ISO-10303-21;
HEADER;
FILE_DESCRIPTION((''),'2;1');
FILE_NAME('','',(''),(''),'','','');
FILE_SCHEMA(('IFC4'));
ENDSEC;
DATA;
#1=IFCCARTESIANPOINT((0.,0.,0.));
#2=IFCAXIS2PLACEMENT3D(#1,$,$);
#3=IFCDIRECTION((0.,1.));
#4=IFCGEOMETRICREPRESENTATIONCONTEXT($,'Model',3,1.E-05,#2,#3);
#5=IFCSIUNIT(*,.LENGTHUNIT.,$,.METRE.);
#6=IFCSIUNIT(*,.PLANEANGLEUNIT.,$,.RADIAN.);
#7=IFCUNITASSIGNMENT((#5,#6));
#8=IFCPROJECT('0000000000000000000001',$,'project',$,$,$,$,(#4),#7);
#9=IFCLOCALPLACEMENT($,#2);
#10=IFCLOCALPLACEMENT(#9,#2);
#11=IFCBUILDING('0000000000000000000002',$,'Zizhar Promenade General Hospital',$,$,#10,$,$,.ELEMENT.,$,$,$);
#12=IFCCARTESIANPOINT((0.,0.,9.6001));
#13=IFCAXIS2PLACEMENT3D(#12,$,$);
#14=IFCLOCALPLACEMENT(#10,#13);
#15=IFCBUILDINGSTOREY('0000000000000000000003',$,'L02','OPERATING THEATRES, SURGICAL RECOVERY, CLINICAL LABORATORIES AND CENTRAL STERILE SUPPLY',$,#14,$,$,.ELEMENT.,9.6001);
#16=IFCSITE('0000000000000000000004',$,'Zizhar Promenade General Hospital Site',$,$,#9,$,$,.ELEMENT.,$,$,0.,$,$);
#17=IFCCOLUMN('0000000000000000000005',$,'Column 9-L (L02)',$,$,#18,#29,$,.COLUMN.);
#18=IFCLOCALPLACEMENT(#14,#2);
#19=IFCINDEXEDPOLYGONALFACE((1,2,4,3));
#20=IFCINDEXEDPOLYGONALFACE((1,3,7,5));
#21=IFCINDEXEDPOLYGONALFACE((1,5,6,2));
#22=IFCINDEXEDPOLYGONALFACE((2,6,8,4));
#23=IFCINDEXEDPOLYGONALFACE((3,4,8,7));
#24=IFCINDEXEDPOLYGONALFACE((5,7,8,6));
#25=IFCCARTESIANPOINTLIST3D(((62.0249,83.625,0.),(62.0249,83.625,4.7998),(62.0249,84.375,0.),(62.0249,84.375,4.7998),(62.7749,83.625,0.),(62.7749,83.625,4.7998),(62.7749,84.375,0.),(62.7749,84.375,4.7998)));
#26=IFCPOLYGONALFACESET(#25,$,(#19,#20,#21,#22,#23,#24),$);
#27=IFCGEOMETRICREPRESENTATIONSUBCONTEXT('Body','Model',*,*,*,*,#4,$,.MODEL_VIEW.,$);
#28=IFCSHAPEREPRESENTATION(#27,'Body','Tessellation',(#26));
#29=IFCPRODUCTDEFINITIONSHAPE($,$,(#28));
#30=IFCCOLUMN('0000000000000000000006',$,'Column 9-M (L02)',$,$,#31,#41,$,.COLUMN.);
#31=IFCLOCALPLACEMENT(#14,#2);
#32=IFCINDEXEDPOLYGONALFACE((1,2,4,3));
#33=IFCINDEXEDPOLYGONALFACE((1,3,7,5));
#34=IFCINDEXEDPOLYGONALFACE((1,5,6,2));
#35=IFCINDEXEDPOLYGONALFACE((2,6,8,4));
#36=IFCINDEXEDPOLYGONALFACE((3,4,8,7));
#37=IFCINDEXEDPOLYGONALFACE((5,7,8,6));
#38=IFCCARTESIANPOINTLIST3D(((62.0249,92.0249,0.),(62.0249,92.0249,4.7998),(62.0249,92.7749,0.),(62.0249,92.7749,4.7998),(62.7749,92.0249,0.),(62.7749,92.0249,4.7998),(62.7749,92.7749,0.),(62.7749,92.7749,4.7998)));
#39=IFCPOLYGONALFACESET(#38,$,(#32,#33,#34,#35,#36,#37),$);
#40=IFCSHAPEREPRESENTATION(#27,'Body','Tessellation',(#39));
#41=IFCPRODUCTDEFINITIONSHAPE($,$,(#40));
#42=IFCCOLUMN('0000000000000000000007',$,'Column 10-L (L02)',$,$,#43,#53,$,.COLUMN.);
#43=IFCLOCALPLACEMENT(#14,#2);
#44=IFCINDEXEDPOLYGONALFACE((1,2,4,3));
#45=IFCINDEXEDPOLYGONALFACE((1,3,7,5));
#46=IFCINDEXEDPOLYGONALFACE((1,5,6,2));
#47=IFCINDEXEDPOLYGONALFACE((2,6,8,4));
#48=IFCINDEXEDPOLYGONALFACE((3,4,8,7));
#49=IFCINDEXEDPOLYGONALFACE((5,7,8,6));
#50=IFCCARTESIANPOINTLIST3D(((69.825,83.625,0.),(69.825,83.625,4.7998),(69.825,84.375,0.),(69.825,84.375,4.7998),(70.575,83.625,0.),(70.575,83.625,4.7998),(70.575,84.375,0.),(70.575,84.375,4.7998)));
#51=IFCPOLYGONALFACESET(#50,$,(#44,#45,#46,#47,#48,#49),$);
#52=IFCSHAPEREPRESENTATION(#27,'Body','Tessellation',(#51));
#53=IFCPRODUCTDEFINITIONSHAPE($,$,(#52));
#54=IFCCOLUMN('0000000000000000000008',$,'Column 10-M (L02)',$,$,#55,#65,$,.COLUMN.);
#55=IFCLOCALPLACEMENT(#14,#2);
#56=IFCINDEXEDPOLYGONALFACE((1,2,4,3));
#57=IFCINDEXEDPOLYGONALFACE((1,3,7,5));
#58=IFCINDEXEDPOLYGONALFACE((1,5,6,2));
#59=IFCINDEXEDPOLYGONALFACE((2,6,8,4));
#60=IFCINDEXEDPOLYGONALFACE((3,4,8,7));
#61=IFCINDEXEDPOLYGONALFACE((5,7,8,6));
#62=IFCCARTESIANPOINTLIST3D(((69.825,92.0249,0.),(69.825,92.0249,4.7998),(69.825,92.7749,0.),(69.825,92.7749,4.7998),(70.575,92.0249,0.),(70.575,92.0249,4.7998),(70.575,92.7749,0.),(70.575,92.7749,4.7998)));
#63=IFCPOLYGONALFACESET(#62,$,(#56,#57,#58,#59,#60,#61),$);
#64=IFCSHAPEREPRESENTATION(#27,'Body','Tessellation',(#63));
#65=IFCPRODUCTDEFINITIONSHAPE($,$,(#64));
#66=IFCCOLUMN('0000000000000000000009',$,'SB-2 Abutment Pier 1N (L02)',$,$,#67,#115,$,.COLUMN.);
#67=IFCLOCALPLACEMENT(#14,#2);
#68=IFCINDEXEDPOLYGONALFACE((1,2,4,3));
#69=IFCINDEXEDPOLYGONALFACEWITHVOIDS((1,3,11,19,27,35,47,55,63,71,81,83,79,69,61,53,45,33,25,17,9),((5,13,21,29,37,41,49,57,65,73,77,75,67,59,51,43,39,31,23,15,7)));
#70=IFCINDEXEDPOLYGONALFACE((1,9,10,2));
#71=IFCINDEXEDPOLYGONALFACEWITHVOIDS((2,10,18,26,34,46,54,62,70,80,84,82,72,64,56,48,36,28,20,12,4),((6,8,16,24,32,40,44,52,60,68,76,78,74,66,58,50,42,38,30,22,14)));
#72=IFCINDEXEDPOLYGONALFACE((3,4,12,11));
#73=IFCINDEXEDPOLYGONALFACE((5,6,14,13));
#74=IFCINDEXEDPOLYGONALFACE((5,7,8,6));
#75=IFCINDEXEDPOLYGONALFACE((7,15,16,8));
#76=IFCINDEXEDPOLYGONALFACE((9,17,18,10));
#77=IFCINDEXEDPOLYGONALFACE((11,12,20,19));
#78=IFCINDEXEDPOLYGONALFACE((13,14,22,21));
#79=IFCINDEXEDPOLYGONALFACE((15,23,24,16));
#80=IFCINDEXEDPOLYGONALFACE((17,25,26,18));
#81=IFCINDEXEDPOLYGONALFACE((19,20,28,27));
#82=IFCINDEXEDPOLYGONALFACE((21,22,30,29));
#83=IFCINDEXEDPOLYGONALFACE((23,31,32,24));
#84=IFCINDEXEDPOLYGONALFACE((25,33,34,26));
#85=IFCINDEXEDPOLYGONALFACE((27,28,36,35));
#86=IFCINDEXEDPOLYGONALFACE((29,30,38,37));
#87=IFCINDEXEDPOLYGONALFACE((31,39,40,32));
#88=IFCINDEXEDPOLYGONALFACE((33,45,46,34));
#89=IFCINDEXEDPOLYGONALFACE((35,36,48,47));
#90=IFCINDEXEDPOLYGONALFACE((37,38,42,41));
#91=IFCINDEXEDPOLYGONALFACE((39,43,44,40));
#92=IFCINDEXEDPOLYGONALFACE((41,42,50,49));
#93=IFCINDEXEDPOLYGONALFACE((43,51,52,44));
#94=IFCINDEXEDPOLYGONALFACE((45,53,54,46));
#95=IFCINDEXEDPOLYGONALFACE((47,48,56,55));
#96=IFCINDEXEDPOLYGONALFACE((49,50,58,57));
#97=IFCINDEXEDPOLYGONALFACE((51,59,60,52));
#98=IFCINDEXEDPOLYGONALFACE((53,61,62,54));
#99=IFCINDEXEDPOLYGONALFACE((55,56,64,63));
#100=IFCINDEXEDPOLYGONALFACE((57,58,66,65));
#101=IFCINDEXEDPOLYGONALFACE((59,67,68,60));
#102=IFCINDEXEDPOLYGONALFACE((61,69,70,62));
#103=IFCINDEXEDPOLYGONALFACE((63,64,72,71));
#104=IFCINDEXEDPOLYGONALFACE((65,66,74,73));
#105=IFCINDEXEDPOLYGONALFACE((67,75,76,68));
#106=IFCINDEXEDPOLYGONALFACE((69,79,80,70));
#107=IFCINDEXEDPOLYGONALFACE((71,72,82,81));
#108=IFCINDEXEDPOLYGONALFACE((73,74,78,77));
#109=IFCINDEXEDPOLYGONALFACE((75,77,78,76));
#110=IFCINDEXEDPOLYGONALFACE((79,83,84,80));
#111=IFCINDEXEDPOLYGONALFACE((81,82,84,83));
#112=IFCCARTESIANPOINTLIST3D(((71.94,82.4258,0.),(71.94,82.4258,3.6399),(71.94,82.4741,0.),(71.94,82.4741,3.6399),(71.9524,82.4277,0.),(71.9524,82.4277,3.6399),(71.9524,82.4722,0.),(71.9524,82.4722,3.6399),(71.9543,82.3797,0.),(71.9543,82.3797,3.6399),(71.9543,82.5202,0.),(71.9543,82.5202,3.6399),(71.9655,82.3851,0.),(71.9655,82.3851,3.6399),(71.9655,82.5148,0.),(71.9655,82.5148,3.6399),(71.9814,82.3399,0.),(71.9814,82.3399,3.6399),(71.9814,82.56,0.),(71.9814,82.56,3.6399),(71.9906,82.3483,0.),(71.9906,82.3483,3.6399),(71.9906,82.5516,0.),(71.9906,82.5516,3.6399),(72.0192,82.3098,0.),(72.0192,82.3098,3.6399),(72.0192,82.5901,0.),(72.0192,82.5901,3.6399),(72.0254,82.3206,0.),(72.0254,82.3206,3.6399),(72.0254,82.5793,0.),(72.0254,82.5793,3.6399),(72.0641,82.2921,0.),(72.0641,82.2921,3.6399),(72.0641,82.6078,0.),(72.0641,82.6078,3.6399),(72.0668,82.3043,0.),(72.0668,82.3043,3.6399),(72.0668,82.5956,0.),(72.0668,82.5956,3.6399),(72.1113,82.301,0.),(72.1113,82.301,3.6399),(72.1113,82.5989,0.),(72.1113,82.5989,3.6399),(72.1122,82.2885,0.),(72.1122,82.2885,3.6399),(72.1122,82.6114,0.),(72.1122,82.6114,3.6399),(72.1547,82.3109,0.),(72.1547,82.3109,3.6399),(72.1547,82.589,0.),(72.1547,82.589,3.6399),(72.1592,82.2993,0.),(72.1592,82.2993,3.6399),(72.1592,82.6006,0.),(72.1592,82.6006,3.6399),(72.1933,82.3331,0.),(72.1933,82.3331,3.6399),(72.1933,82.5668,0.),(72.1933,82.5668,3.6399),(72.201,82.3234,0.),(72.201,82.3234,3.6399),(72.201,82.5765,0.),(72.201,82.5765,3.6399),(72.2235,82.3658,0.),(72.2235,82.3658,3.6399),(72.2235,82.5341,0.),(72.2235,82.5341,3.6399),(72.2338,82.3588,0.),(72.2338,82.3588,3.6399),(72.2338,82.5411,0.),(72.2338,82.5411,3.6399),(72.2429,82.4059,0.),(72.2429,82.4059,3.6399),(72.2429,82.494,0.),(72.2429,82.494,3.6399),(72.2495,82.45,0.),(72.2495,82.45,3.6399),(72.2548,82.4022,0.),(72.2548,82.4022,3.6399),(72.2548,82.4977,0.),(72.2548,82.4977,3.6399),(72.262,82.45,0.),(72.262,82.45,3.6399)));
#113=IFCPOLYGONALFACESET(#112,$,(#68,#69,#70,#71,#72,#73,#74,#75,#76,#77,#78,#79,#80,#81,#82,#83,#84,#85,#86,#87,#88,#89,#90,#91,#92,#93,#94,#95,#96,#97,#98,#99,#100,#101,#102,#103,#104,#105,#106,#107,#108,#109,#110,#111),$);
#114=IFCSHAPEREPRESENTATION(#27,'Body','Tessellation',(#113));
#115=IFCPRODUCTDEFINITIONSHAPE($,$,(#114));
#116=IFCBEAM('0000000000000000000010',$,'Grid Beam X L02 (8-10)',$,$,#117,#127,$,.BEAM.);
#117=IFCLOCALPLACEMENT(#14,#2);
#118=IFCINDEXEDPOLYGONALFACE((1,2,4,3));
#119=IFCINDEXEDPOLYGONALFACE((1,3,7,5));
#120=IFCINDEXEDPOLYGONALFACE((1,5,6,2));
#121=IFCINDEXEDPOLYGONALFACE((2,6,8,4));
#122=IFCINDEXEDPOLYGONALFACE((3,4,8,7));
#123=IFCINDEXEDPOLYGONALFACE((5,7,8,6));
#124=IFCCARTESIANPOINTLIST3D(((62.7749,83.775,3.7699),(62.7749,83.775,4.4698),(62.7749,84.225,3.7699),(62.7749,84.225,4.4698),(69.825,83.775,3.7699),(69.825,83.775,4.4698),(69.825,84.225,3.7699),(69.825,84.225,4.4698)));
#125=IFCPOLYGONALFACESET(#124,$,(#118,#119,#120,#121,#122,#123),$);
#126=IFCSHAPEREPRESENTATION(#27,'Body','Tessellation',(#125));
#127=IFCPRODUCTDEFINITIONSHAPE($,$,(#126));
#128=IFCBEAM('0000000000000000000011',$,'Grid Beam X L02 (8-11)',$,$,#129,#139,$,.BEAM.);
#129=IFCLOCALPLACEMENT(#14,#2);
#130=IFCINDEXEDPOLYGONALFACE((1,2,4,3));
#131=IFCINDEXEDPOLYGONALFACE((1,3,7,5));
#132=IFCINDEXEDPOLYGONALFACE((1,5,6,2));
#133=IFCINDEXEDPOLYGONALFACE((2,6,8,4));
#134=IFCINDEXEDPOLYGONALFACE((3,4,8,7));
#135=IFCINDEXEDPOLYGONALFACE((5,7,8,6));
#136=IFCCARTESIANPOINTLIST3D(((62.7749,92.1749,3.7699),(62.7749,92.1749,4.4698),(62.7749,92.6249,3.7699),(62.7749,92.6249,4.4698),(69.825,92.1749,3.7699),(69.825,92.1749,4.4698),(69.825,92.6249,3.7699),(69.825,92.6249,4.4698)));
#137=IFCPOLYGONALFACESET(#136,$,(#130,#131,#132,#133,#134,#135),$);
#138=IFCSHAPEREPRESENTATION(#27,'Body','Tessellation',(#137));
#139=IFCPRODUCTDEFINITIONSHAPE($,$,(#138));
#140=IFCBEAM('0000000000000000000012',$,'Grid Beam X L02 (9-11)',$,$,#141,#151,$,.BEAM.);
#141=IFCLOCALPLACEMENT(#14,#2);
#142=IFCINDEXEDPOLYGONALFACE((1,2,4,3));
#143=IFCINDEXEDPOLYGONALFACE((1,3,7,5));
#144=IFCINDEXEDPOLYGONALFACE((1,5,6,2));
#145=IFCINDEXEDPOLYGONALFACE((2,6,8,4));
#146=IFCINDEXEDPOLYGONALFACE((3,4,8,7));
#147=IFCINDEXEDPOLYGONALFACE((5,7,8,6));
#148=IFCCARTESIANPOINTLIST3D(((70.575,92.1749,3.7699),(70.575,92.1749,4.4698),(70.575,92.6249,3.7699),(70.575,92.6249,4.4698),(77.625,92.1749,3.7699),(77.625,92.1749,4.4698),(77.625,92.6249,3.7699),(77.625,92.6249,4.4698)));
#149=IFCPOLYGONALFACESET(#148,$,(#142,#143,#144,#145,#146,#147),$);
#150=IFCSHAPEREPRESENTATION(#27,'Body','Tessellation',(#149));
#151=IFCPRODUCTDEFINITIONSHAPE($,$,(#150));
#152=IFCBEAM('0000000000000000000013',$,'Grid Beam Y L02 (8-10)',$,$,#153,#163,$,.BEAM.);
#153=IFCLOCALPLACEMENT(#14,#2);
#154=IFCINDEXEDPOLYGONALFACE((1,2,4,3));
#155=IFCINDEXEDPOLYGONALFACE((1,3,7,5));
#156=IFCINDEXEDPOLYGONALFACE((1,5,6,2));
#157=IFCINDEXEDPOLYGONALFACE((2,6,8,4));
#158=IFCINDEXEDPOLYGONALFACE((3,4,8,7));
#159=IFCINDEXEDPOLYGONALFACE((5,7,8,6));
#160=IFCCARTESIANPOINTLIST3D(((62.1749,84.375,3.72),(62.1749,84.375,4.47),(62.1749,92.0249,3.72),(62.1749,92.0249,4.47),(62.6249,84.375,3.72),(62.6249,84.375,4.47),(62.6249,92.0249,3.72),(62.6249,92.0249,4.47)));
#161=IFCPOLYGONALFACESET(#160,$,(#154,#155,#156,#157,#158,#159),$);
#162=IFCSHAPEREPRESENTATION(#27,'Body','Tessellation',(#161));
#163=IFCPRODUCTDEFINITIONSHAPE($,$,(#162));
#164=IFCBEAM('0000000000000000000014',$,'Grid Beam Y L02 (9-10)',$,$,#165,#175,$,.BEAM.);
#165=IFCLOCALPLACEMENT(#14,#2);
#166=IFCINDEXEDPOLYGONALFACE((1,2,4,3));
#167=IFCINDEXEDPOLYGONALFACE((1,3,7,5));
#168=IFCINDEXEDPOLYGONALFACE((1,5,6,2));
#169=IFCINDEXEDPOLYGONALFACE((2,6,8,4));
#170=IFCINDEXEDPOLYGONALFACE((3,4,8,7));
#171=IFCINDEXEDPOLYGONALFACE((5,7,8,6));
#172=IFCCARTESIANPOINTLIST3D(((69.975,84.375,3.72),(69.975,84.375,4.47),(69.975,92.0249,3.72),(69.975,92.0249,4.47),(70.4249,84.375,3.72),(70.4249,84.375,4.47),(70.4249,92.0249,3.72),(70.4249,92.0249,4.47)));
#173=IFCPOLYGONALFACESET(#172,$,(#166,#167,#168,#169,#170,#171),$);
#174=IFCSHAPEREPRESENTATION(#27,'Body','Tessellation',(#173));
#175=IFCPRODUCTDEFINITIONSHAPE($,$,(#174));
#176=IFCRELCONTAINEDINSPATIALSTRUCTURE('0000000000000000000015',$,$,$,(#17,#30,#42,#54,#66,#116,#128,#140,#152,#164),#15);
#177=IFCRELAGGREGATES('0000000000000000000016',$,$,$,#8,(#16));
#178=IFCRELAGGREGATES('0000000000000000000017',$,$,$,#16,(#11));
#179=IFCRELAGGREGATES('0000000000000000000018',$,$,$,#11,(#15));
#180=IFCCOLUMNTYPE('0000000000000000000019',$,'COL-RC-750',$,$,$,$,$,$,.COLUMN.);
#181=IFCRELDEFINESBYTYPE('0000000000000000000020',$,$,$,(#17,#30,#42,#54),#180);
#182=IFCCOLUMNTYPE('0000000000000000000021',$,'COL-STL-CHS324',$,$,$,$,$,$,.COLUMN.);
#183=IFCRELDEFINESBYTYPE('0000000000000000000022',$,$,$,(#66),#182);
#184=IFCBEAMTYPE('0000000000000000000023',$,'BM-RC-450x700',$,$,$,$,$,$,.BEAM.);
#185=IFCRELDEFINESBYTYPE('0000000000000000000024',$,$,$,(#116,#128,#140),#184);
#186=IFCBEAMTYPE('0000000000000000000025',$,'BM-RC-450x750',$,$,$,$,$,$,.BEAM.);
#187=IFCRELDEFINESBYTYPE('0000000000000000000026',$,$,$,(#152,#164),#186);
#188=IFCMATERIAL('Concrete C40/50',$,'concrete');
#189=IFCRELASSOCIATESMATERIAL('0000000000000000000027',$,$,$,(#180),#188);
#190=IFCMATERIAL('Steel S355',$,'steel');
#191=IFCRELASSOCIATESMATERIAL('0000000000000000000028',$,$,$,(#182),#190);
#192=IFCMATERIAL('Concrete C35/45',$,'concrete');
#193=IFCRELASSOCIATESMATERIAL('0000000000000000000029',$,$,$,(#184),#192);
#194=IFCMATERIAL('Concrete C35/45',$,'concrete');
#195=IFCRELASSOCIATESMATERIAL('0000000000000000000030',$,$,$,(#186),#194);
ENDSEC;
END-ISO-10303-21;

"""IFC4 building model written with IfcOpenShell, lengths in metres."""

from ifc_helpers import new_model, si_unit, direction, frame, origin, origin_2d, place, context, subcontext, project, spatial, rectangle, hollow_circle, extrude, material, material_profile, profile_set, type_object, element, save


model = new_model("IFC4")

# Units and contexts
model_context = context("Model", 3, precision=1e-05, world=origin(), true_north=direction((0.0, 1.0)))
body_context = subcontext(model_context, "Body", "Model", "MODEL_VIEW")
ifc_project = project(units=[si_unit("LENGTHUNIT", "METRE"), si_unit("PLANEANGLEUNIT", "RADIAN")], contexts=[model_context])

# Site, building, storey
site_placement = place(None, origin())
site = spatial("IfcSite", under=ifc_project, at=site_placement, Name="Zizhar Promenade General Hospital Site", CompositionType="ELEMENT", RefElevation=0.0)
building_placement = place(site_placement, origin())
building = spatial("IfcBuilding", under=site, at=building_placement, Name="Zizhar Promenade General Hospital", CompositionType="ELEMENT")
storey_placement = place(building_placement, frame((0.0, 0.0, 9.6001)))
storey = spatial("IfcBuildingStorey", under=building, at=storey_placement, Name="L02", Description="OPERATING THEATRES, SURGICAL RECOVERY, CLINICAL LABORATORIES AND CENTRAL STERILE SUPPLY", CompositionType="ELEMENT", Elevation=9.6001)

# Columns
ifc_material_1 = material(Name="Concrete C40/50", Category="concrete")
ifc_material_profile_1 = material_profile(ifc_material_1, rectangle(XDim=0.75, YDim=0.75, at=origin_2d()))
ifc_profile_set_1 = profile_set([ifc_material_profile_1], Name="Concrete C40/50")
column_type_1 = type_object("IfcColumnType", Name="COL-RC-750", PredefinedType="COLUMN", material=ifc_profile_set_1)
for number, where, z_axis, x_axis, name in (
    (1, (62.3999, 84.0, 0.0), (0.0, 0.0, 1.0), (1.0, 0.0, 0.0), "Column 9-L (L02)"),
    (2, (62.3999, 92.3999, 0.0), (0.0, 0.0, 1.0), (1.0, 0.0, 0.0), "Column 9-M (L02)"),
    (3, (70.2, 84.0, 0.0), (0.0, 0.0, 1.0), (1.0, 0.0, 0.0), "Column 10-L (L02)"),
    (4, (70.2, 92.3999, 0.0), (0.0, 0.0, 1.0), (1.0, 0.0, 0.0), "Column 10-M (L02)"),
):
    element("IfcColumn", number, at=place(storey_placement, frame(where, z_axis=z_axis, x_axis=x_axis)), inside=storey, type_object=column_type_1, Name=name, PredefinedType="COLUMN", context=body_context, shape_type="SweptSolid", body=[
        extrude(rectangle(XDim=0.75, YDim=0.75, at=origin_2d()), origin(), (0.0, 0.0, 1.0), 4.7998),
    ])
ifc_material_2 = material(Name="Steel S355", Category="steel")
ifc_material_profile_2 = material_profile(ifc_material_2, hollow_circle(Radius=0.1619, WallThickness=0.0125, at=origin_2d()))
ifc_profile_set_2 = profile_set([ifc_material_profile_2], Name="Steel S355")
column_type_2 = type_object("IfcColumnType", Name="COL-STL-CHS324", PredefinedType="COLUMN", material=ifc_profile_set_2)
column_placement = place(storey_placement, frame((72.1001, 82.45, 0.0), z_axis=(0.0, 0.0, 1.0), x_axis=(1.0, 0.0, 0.0)))
element("IfcColumn", 5, at=column_placement, inside=storey, type_object=column_type_2, Name="SB-2 Abutment Pier 1N (L02)", PredefinedType="COLUMN", context=body_context, shape_type="SweptSolid", body=[
    extrude(hollow_circle(Radius=0.1619, WallThickness=0.0125, at=origin_2d()), origin(), (0.0, 0.0, 1.0), 3.6399),
])

# Beams
ifc_material_3 = material(Name="Concrete C35/45", Category="concrete")
ifc_material_profile_3 = material_profile(ifc_material_3, rectangle(XDim=0.45, YDim=0.7, at=origin_2d()))
ifc_profile_set_3 = profile_set([ifc_material_profile_3], Name="Concrete C35/45")
beam_type_1 = type_object("IfcBeamType", Name="BM-RC-450x700", PredefinedType="BEAM", material=ifc_profile_set_3)
for number, where, z_axis, x_axis, name in (
    (6, (62.7749, 84.0, 4.1199), (1.0, 0.0, 0.0), (0.0, 1.0, 0.0), "Grid Beam X L02 (8-10)"),
    (7, (62.7749, 92.3999, 4.1199), (1.0, 0.0, 0.0), (0.0, 1.0, 0.0), "Grid Beam X L02 (8-11)"),
    (8, (70.575, 92.3999, 4.1199), (1.0, 0.0, 0.0), (0.0, 1.0, 0.0), "Grid Beam X L02 (9-11)"),
):
    element("IfcBeam", number, at=place(storey_placement, frame(where, z_axis=z_axis, x_axis=x_axis)), inside=storey, type_object=beam_type_1, Name=name, PredefinedType="BEAM", context=body_context, shape_type="SweptSolid", body=[
        extrude(rectangle(XDim=0.45, YDim=0.7, at=origin_2d()), origin(), (0.0, 0.0, 1.0), 7.05),
    ])
ifc_material_4 = material(Name="Concrete C35/45", Category="concrete")
ifc_material_profile_4 = material_profile(ifc_material_4, rectangle(XDim=0.45, YDim=0.75, at=origin_2d()))
ifc_profile_set_4 = profile_set([ifc_material_profile_4], Name="Concrete C35/45")
beam_type_2 = type_object("IfcBeamType", Name="BM-RC-450x750", PredefinedType="BEAM", material=ifc_profile_set_4)
for number, where, z_axis, x_axis, name in (
    (9, (62.3999, 84.375, 4.095), (0.0, 1.0, 0.0), (-1.0, 0.0, 0.0), "Grid Beam Y L02 (8-10)"),
    (10, (70.2, 84.375, 4.095), (0.0, 1.0, 0.0), (-1.0, 0.0, 0.0), "Grid Beam Y L02 (9-10)"),
):
    element("IfcBeam", number, at=place(storey_placement, frame(where, z_axis=z_axis, x_axis=x_axis)), inside=storey, type_object=beam_type_2, Name=name, PredefinedType="BEAM", context=body_context, shape_type="SweptSolid", body=[
        extrude(rectangle(XDim=0.45, YDim=0.75, at=origin_2d()), origin(), (0.0, 0.0, 1.0), 7.6499),
    ])

save(model, "model.ifc")
